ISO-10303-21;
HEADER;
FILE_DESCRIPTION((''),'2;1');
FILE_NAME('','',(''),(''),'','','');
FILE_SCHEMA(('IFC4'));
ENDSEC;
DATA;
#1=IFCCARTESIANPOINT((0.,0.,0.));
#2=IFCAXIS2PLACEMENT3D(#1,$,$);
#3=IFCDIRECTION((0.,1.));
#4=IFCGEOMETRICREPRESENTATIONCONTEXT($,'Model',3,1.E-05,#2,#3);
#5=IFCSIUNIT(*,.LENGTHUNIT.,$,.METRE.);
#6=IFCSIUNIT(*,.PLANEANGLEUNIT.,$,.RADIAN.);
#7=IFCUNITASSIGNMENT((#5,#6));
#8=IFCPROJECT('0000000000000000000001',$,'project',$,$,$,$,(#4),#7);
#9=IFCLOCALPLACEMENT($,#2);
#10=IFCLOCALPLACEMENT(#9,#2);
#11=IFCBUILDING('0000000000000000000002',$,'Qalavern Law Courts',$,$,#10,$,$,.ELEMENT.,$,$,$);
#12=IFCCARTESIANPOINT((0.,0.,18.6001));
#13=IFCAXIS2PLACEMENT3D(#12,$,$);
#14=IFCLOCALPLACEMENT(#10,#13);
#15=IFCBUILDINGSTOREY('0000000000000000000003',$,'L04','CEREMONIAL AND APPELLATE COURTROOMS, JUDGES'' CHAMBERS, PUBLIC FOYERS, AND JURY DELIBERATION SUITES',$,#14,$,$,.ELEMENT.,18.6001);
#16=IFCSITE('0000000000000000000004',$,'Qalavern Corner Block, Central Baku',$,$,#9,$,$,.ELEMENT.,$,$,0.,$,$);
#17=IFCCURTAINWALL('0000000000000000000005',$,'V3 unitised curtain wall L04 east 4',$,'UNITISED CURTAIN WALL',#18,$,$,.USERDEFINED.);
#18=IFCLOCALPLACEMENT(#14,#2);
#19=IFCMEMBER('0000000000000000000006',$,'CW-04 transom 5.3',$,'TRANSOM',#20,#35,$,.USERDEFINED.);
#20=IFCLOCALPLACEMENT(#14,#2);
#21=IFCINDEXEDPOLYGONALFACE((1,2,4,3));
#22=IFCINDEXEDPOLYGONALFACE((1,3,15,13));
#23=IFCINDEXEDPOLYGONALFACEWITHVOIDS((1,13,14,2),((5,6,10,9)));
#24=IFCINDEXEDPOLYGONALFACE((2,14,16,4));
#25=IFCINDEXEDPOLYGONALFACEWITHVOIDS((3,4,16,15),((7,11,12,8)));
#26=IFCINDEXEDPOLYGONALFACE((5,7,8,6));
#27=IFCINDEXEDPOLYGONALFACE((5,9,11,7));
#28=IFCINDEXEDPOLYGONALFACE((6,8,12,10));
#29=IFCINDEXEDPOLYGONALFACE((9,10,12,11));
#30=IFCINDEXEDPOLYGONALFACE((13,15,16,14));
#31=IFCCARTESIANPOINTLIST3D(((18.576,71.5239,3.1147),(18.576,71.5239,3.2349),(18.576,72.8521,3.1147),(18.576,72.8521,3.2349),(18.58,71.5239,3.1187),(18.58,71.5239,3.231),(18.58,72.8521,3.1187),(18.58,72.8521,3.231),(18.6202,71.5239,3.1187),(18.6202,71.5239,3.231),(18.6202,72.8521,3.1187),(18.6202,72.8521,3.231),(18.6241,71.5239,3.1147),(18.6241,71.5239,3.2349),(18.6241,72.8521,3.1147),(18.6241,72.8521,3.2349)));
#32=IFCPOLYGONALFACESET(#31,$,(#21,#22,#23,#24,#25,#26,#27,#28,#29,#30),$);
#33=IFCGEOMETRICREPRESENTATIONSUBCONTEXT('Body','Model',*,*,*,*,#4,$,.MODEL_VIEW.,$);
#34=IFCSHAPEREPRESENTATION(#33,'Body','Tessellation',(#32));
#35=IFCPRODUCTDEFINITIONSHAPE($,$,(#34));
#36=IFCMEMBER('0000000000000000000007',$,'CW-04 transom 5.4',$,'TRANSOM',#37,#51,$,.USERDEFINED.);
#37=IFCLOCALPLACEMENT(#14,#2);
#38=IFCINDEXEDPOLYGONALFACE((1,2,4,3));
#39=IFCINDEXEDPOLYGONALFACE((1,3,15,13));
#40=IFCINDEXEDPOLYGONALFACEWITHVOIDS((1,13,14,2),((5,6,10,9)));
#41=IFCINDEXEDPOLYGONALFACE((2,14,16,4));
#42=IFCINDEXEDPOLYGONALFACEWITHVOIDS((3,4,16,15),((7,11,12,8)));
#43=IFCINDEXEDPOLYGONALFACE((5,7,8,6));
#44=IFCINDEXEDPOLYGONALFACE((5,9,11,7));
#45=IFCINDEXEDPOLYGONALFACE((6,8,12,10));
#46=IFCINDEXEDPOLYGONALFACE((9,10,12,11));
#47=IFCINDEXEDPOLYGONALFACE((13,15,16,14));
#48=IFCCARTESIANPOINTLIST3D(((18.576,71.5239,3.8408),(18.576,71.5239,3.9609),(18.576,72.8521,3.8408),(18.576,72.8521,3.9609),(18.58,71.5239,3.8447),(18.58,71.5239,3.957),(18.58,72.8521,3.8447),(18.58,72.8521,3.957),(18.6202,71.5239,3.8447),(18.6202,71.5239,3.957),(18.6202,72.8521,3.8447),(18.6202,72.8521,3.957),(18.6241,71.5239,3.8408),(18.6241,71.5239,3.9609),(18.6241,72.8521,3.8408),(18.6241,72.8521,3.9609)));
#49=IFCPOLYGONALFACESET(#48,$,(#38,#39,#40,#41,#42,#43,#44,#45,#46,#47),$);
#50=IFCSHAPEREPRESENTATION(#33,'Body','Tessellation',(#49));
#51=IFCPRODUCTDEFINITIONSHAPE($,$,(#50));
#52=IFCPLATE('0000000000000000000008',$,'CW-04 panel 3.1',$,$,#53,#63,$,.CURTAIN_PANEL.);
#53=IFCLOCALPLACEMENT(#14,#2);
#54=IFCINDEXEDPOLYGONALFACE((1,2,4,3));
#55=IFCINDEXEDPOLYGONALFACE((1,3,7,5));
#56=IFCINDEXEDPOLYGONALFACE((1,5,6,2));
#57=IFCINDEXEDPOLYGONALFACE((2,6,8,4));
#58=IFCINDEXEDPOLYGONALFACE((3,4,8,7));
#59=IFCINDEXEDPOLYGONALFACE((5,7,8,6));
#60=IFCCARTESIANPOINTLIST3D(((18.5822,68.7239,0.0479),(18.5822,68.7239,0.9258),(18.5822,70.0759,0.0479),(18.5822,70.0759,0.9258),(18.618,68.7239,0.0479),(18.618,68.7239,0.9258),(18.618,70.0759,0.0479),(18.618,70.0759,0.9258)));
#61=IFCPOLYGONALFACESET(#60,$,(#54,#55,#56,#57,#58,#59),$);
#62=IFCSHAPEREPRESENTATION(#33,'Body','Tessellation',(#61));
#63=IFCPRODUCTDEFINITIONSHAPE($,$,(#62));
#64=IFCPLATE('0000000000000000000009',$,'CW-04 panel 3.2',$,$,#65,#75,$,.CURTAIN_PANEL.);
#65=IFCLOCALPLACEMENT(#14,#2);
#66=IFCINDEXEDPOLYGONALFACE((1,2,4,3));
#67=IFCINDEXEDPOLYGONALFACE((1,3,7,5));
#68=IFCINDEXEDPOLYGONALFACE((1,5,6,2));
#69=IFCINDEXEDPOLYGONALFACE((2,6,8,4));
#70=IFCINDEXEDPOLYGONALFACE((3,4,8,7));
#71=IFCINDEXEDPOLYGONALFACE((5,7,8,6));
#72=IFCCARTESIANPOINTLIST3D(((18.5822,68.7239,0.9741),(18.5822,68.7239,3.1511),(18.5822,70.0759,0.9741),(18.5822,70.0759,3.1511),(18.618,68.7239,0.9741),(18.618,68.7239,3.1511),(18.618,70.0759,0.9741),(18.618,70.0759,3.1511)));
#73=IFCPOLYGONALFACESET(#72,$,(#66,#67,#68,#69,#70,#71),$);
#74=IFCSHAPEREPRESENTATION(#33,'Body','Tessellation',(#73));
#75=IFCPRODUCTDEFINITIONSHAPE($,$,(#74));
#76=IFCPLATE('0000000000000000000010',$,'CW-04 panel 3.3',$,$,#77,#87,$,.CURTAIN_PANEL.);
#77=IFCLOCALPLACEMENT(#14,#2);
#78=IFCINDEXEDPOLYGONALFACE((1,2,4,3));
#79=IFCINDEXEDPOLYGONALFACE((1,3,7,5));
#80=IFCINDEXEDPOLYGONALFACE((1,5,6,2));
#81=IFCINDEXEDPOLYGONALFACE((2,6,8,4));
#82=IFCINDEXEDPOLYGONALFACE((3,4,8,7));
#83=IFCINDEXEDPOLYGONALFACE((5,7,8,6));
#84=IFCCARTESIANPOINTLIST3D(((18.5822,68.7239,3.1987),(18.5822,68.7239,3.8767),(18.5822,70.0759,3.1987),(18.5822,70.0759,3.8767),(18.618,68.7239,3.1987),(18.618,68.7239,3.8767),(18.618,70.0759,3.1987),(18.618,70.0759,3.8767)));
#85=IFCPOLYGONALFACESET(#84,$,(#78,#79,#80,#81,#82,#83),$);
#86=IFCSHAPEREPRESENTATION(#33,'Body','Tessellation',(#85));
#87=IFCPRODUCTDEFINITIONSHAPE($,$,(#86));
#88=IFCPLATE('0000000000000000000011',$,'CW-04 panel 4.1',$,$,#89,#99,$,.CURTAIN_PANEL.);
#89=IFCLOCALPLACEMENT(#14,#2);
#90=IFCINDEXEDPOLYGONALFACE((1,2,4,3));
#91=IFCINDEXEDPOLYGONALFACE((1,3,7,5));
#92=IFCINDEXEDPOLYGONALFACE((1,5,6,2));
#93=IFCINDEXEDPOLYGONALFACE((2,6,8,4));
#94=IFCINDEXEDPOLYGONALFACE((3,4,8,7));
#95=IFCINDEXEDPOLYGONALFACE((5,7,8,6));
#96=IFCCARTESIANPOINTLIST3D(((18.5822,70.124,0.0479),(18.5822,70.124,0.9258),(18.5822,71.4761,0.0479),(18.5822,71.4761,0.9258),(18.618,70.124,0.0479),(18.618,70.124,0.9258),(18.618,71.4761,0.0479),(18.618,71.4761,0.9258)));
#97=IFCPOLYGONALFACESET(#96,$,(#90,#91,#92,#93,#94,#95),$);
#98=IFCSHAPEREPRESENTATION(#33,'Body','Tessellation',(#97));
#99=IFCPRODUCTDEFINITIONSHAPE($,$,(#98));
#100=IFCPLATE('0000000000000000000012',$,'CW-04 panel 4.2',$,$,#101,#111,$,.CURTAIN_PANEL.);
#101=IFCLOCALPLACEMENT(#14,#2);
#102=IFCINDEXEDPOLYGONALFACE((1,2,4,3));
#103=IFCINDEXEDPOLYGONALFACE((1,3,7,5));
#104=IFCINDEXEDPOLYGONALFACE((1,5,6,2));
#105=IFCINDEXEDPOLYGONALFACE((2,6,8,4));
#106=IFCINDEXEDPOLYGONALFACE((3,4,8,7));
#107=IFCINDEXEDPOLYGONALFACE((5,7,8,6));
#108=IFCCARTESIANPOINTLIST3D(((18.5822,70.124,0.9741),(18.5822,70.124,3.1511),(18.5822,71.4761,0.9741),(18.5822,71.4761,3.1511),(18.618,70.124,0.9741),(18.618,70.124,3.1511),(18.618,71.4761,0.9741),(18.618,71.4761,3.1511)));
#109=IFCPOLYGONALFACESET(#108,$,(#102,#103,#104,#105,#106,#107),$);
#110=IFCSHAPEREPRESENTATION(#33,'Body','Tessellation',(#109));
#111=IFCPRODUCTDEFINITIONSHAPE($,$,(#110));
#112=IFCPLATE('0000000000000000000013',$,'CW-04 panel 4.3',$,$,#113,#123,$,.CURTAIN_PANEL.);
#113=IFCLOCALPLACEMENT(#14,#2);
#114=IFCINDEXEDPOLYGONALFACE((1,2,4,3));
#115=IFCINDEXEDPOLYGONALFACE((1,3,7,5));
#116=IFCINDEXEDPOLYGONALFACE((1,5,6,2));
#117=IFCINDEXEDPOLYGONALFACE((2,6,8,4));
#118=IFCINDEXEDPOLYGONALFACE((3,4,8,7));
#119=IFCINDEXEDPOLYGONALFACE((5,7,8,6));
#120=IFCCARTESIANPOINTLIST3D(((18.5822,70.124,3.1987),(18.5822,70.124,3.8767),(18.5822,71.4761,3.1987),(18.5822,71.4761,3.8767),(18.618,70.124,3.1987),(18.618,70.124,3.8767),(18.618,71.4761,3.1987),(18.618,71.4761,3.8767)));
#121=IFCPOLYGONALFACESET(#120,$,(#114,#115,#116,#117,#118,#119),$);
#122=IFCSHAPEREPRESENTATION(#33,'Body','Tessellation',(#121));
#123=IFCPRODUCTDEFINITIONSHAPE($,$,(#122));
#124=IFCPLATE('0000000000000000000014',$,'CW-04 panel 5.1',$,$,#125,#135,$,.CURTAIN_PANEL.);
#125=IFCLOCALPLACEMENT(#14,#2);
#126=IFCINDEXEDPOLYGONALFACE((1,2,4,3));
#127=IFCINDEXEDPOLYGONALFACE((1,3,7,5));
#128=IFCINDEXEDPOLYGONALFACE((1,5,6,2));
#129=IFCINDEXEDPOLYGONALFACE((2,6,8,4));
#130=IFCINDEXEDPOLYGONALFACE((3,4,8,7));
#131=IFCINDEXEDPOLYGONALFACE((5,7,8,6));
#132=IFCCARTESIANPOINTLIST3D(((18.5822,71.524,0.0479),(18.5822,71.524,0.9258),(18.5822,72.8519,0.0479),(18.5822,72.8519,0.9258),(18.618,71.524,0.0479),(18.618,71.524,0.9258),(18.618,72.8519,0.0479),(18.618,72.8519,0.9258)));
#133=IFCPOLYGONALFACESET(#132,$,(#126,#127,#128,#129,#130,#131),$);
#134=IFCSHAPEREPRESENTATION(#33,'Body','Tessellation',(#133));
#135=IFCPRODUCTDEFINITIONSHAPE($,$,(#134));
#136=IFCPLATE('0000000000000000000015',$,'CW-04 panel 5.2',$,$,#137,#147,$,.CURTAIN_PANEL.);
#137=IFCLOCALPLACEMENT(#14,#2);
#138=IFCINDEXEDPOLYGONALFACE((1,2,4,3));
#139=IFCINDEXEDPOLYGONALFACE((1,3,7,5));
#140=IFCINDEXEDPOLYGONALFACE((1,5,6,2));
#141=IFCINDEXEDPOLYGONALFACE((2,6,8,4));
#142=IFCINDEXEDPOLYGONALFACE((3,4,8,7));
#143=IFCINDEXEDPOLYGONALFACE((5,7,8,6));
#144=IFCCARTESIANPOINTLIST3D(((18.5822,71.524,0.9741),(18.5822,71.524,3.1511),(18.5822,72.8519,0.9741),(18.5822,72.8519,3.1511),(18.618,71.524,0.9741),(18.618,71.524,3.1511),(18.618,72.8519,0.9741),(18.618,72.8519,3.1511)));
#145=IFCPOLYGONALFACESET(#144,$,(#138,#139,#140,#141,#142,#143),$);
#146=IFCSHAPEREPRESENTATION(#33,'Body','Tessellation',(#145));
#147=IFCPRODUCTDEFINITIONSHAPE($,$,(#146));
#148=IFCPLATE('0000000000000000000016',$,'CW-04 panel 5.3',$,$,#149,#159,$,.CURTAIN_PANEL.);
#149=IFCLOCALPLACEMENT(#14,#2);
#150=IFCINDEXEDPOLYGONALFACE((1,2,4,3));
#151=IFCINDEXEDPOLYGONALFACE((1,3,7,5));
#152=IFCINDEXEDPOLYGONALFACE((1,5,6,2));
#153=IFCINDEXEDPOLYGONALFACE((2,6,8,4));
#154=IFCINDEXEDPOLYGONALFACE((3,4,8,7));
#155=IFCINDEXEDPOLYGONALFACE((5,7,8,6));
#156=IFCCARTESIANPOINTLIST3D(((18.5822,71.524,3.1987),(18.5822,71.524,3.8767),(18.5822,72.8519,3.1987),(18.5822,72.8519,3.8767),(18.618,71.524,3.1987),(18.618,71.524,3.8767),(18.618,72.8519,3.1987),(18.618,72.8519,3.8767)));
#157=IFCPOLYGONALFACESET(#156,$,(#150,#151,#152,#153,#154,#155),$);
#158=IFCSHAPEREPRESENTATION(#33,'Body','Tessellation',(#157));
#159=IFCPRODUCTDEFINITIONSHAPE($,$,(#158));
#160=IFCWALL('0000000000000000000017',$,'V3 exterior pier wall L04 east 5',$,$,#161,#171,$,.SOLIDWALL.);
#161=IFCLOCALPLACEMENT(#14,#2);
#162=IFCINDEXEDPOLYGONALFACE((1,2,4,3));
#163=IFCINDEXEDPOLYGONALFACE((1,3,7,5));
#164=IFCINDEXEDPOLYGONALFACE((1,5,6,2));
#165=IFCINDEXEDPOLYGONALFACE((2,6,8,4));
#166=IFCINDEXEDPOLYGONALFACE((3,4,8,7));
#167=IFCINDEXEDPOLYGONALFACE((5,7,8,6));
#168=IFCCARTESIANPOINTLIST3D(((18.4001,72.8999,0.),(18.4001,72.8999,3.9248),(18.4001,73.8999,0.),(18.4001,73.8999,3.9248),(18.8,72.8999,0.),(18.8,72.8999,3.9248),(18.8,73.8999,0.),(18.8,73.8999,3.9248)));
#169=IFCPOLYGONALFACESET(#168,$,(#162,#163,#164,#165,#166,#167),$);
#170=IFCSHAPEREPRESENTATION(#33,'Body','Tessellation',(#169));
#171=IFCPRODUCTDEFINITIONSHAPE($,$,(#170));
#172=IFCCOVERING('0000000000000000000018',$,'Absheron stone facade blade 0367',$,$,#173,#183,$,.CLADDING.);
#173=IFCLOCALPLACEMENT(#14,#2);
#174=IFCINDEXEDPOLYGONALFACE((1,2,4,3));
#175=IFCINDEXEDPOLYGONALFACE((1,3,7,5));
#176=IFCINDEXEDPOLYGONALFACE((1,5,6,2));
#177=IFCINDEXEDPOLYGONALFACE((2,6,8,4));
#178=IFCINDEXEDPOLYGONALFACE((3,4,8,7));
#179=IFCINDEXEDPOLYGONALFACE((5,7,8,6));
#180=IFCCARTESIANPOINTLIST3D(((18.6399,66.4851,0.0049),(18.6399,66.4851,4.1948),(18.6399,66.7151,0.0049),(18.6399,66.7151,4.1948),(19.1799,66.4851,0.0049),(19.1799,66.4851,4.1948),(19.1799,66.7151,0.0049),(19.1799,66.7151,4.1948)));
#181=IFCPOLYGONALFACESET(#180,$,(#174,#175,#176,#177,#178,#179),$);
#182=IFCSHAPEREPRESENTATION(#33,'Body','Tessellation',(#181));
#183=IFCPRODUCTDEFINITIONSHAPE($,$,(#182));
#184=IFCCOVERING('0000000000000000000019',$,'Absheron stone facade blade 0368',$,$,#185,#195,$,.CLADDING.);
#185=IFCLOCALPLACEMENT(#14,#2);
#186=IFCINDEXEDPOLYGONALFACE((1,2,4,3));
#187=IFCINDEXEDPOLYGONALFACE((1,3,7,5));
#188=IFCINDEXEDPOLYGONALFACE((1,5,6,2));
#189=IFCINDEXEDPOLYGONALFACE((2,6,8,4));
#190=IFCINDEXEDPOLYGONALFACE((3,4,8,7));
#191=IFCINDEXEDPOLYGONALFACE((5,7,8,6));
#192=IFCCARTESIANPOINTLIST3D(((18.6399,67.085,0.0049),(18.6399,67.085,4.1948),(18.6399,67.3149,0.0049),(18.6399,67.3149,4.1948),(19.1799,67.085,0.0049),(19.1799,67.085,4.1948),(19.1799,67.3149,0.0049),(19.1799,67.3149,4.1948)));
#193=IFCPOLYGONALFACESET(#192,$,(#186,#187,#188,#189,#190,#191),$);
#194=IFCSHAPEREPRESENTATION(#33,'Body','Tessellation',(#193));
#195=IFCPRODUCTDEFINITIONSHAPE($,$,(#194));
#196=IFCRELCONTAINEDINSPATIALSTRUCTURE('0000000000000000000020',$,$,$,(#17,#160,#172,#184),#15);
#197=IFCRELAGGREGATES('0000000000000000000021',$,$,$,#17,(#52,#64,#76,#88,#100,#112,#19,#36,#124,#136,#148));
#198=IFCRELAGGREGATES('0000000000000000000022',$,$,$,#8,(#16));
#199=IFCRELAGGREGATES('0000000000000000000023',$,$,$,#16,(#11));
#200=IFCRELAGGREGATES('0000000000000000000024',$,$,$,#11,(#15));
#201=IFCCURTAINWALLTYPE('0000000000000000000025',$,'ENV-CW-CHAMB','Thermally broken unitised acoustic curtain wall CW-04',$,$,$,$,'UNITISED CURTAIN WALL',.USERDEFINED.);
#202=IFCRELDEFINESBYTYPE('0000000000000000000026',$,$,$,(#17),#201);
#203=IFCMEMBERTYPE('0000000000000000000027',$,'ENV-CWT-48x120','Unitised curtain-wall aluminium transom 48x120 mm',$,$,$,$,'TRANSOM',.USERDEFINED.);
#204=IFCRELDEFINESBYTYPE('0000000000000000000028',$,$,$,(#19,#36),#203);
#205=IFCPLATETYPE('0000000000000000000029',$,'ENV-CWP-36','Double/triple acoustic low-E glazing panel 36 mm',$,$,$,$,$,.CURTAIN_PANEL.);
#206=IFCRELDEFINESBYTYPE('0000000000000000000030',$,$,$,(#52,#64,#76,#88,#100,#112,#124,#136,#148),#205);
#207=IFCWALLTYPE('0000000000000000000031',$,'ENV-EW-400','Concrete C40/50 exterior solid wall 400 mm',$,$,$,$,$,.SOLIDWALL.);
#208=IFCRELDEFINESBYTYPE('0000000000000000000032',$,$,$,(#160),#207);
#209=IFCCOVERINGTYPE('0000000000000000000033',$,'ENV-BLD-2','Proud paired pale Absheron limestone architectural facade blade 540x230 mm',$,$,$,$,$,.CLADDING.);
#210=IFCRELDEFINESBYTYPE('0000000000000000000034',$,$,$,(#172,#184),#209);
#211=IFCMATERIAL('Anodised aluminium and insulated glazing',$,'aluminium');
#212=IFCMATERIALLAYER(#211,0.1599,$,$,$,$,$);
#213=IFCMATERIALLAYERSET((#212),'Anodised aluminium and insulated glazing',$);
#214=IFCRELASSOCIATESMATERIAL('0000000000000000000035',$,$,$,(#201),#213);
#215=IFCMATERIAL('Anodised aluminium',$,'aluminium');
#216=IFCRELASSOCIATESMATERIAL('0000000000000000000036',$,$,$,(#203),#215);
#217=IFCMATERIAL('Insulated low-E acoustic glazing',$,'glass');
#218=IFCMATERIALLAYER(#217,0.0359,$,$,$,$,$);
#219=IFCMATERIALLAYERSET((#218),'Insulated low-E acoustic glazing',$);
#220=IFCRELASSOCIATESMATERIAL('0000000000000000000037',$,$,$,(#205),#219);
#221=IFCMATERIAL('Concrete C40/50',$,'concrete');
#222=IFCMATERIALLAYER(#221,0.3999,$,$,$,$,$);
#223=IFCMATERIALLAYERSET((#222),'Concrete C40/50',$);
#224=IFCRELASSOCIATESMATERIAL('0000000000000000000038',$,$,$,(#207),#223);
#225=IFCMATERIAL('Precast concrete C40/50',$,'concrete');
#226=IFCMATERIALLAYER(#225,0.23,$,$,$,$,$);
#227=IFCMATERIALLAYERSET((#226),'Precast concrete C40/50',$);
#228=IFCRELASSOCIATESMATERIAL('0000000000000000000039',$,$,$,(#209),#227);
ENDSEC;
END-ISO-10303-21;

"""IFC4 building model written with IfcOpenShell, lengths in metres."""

from ifc_helpers import new_model, si_unit, direction, frame, frame_2d, origin, origin_2d, place, context, subcontext, project, spatial, rectangle, hollow_rectangle, extrude, material, layer, layer_set, material_profile, profile_set, type_object, element, aggregate, save


model = new_model("IFC4")

# Units and contexts
model_context = context("Model", 3, precision=1e-05, world=origin(), true_north=direction((0.0, 1.0)))
body_context = subcontext(model_context, "Body", "Model", "MODEL_VIEW")
ifc_project = project(units=[si_unit("LENGTHUNIT", "METRE"), si_unit("PLANEANGLEUNIT", "RADIAN")], contexts=[model_context])

# Site, building, storey
site_placement = place(None, origin())
site = spatial("IfcSite", under=ifc_project, at=site_placement, Name="Qalavern Corner Block, Central Baku", CompositionType="ELEMENT", RefElevation=0.0)
building_placement = place(site_placement, origin())
building = spatial("IfcBuilding", under=site, at=building_placement, Name="Qalavern Law Courts", CompositionType="ELEMENT")
storey_placement = place(building_placement, frame((0.0, 0.0, 18.6001)))
storey = spatial("IfcBuildingStorey", under=building, at=storey_placement, Name="L04", Description="CEREMONIAL AND APPELLATE COURTROOMS, JUDGES' CHAMBERS, PUBLIC FOYERS, AND JURY DELIBERATION SUITES", CompositionType="ELEMENT", Elevation=18.6001)

# Curtain wall, members, plates
ifc_material_1 = material(Name="Anodised aluminium and insulated glazing", Category="aluminium")
ifc_layer_1 = layer(ifc_material_1, 0.1599)
ifc_layer_set_1 = layer_set([ifc_layer_1], Name="Anodised aluminium and insulated glazing")
curtain_wall_type = type_object("IfcCurtainWallType", Name="ENV-CW-CHAMB", Description="Thermally broken unitised acoustic curtain wall CW-04", ElementType="UNITISED CURTAIN WALL", PredefinedType="USERDEFINED", material=ifc_layer_set_1)
curtain_wall_placement = place(storey_placement, origin())
curtain_wall = element("IfcCurtainWall", 1, at=curtain_wall_placement, inside=storey, type_object=curtain_wall_type, Name="V3 unitised curtain wall L04 east 4", ObjectType="UNITISED CURTAIN WALL", PredefinedType="USERDEFINED")
ifc_material_2 = material(Name="Anodised aluminium", Category="aluminium")
ifc_material_profile_1 = material_profile(ifc_material_2, hollow_rectangle(XDim=0.0481, YDim=0.1201, WallThickness=0.0039, at=origin_2d()), Name="ALU TRANSOM 48x120")
ifc_profile_set_1 = profile_set([ifc_material_profile_1], Name="Anodised aluminium")
member_type_1 = type_object("IfcMemberType", Name="ENV-CWT-48x120", Description="Unitised curtain-wall aluminium transom 48x120 mm", ElementType="TRANSOM", PredefinedType="USERDEFINED", material=ifc_profile_set_1)
member_1_placement = place(storey_placement, frame((18.6001, 71.5239, 3.1748), z_axis=(0.0, 1.0, 0.0), x_axis=(-1.0, 0.0, 0.0)))
member_1 = element("IfcMember", 2, at=member_1_placement, type_object=member_type_1, Name="CW-04 transom 5.3", ObjectType="TRANSOM", PredefinedType="USERDEFINED", context=body_context, shape_type="SweptSolid", body=[
    extrude(hollow_rectangle(XDim=0.0481, YDim=0.1201, WallThickness=0.0039, at=origin_2d()), origin(), (0.0, 0.0, 1.0), 1.3281),
])
member_2_placement = place(storey_placement, frame((18.6001, 71.5239, 3.9009), z_axis=(0.0, 1.0, 0.0), x_axis=(-1.0, 0.0, 0.0)))
member_2 = element("IfcMember", 3, at=member_2_placement, type_object=member_type_1, Name="CW-04 transom 5.4", ObjectType="TRANSOM", PredefinedType="USERDEFINED", context=body_context, shape_type="SweptSolid", body=[
    extrude(hollow_rectangle(XDim=0.0481, YDim=0.1201, WallThickness=0.0039, at=origin_2d()), origin(), (0.0, 0.0, 1.0), 1.3281),
])
ifc_material_3 = material(Name="Insulated low-E acoustic glazing", Category="glass")
ifc_layer_2 = layer(ifc_material_3, 0.0359)
ifc_layer_set_2 = layer_set([ifc_layer_2], Name="Insulated low-E acoustic glazing")
plate_type = type_object("IfcPlateType", Name="ENV-CWP-36", Description="Double/triple acoustic low-E glazing panel 36 mm", PredefinedType="CURTAIN_PANEL", material=ifc_layer_set_2)
plate_1_placement = place(storey_placement, frame((18.6001, 69.3999, 0.0479), z_axis=(0.0, 0.0, 1.0), x_axis=(0.0, 1.0, 0.0)))
plate_1 = element("IfcPlate", 4, at=plate_1_placement, type_object=plate_type, Name="CW-04 panel 3.1", PredefinedType="CURTAIN_PANEL", context=body_context, shape_type="SweptSolid", body=[
    extrude(rectangle(XDim=1.3521, YDim=0.0359, at=origin_2d()), origin(), (0.0, 0.0, 1.0), 0.8779),
])
plate_2_placement = place(storey_placement, frame((18.6001, 69.3999, 0.9741), z_axis=(0.0, 0.0, 1.0), x_axis=(0.0, 1.0, 0.0)))
plate_2 = element("IfcPlate", 5, at=plate_2_placement, type_object=plate_type, Name="CW-04 panel 3.2", PredefinedType="CURTAIN_PANEL", context=body_context, shape_type="SweptSolid", body=[
    extrude(rectangle(XDim=1.3521, YDim=0.0359, at=origin_2d()), origin(), (0.0, 0.0, 1.0), 2.177),
])
plate_3_placement = place(storey_placement, frame((18.6001, 69.3999, 3.1987), z_axis=(0.0, 0.0, 1.0), x_axis=(0.0, 1.0, 0.0)))
plate_3 = element("IfcPlate", 6, at=plate_3_placement, type_object=plate_type, Name="CW-04 panel 3.3", PredefinedType="CURTAIN_PANEL", context=body_context, shape_type="SweptSolid", body=[
    extrude(rectangle(XDim=1.3521, YDim=0.0359, at=origin_2d()), origin(), (0.0, 0.0, 1.0), 0.678),
])
plate_4_placement = place(storey_placement, frame((18.6001, 70.8, 0.0479), z_axis=(0.0, 0.0, 1.0), x_axis=(0.0, 1.0, 0.0)))
plate_4 = element("IfcPlate", 7, at=plate_4_placement, type_object=plate_type, Name="CW-04 panel 4.1", PredefinedType="CURTAIN_PANEL", context=body_context, shape_type="SweptSolid", body=[
    extrude(rectangle(XDim=1.3521, YDim=0.0359, at=origin_2d()), origin(), (0.0, 0.0, 1.0), 0.8779),
])
plate_5_placement = place(storey_placement, frame((18.6001, 70.8, 0.9741), z_axis=(0.0, 0.0, 1.0), x_axis=(0.0, 1.0, 0.0)))
plate_5 = element("IfcPlate", 8, at=plate_5_placement, type_object=plate_type, Name="CW-04 panel 4.2", PredefinedType="CURTAIN_PANEL", context=body_context, shape_type="SweptSolid", body=[
    extrude(rectangle(XDim=1.3521, YDim=0.0359, at=origin_2d()), origin(), (0.0, 0.0, 1.0), 2.177),
])
plate_6_placement = place(storey_placement, frame((18.6001, 70.8, 3.1987), z_axis=(0.0, 0.0, 1.0), x_axis=(0.0, 1.0, 0.0)))
plate_6 = element("IfcPlate", 9, at=plate_6_placement, type_object=plate_type, Name="CW-04 panel 4.3", PredefinedType="CURTAIN_PANEL", context=body_context, shape_type="SweptSolid", body=[
    extrude(rectangle(XDim=1.3521, YDim=0.0359, at=origin_2d()), origin(), (0.0, 0.0, 1.0), 0.678),
])
plate_7_placement = place(storey_placement, frame((18.6001, 72.188, 0.0479), z_axis=(0.0, 0.0, 1.0), x_axis=(0.0, 1.0, 0.0)))
plate_7 = element("IfcPlate", 10, at=plate_7_placement, type_object=plate_type, Name="CW-04 panel 5.1", PredefinedType="CURTAIN_PANEL", context=body_context, shape_type="SweptSolid", body=[
    extrude(rectangle(XDim=1.3279, YDim=0.0359, at=origin_2d()), origin(), (0.0, 0.0, 1.0), 0.8779),
])
plate_8_placement = place(storey_placement, frame((18.6001, 72.188, 0.9741), z_axis=(0.0, 0.0, 1.0), x_axis=(0.0, 1.0, 0.0)))
plate_8 = element("IfcPlate", 11, at=plate_8_placement, type_object=plate_type, Name="CW-04 panel 5.2", PredefinedType="CURTAIN_PANEL", context=body_context, shape_type="SweptSolid", body=[
    extrude(rectangle(XDim=1.3279, YDim=0.0359, at=origin_2d()), origin(), (0.0, 0.0, 1.0), 2.177),
])
plate_9_placement = place(storey_placement, frame((18.6001, 72.188, 3.1987), z_axis=(0.0, 0.0, 1.0), x_axis=(0.0, 1.0, 0.0)))
plate_9 = element("IfcPlate", 12, at=plate_9_placement, type_object=plate_type, Name="CW-04 panel 5.3", PredefinedType="CURTAIN_PANEL", context=body_context, shape_type="SweptSolid", body=[
    extrude(rectangle(XDim=1.3279, YDim=0.0359, at=origin_2d()), origin(), (0.0, 0.0, 1.0), 0.678),
])
aggregate(curtain_wall, [plate_1, plate_2, plate_3, plate_4, plate_5, plate_6, member_1, member_2, plate_7, plate_8, plate_9])

# Wall
ifc_material_4 = material(Name="Concrete C40/50", Category="concrete")
ifc_layer_3 = layer(ifc_material_4, 0.3999)
ifc_layer_set_3 = layer_set([ifc_layer_3], Name="Concrete C40/50")
wall_type = type_object("IfcWallType", Name="ENV-EW-400", Description="Concrete C40/50 exterior solid wall 400 mm", PredefinedType="SOLIDWALL", material=ifc_layer_set_3)
wall_placement = place(storey_placement, frame((18.6001, 72.8999, 0.0), z_axis=(0.0, 0.0, 1.0), x_axis=(0.0, 1.0, 0.0)))
element("IfcWall", 13, at=wall_placement, inside=storey, type_object=wall_type, Name="V3 exterior pier wall L04 east 5", PredefinedType="SOLIDWALL", context=body_context, shape_type="SweptSolid", body=[
    extrude(rectangle(XDim=1.0, YDim=0.3999, at=frame_2d((0.5, 0.0))), origin(), (0.0, 0.0, 1.0), 3.9248),
])

# Coverings
ifc_material_5 = material(Name="Precast concrete C40/50", Category="concrete")
ifc_layer_4 = layer(ifc_material_5, 0.23)
ifc_layer_set_4 = layer_set([ifc_layer_4], Name="Precast concrete C40/50")
covering_type_1 = type_object("IfcCoveringType", Name="ENV-BLD-2", Description="Proud paired pale Absheron limestone architectural facade blade 540x230 mm", PredefinedType="CLADDING", material=ifc_layer_set_4)
for number, where, z_axis, x_axis, name in (
    (14, (18.9099, 66.6001, 0.0049), (0.0, 0.0, 1.0), (1.0, 0.0, 0.0), "Absheron stone facade blade 0367"),
    (15, (18.9099, 67.2, 0.0049), (0.0, 0.0, 1.0), (1.0, 0.0, 0.0), "Absheron stone facade blade 0368"),
):
    element("IfcCovering", number, at=place(storey_placement, frame(where, z_axis=z_axis, x_axis=x_axis)), inside=storey, type_object=covering_type_1, Name=name, PredefinedType="CLADDING", context=body_context, shape_type="SweptSolid", body=[
        extrude(rectangle(XDim=0.54, YDim=0.23, at=origin_2d()), origin(), (0.0, 0.0, 1.0), 4.1899),
    ])

save(model, "model.ifc")
